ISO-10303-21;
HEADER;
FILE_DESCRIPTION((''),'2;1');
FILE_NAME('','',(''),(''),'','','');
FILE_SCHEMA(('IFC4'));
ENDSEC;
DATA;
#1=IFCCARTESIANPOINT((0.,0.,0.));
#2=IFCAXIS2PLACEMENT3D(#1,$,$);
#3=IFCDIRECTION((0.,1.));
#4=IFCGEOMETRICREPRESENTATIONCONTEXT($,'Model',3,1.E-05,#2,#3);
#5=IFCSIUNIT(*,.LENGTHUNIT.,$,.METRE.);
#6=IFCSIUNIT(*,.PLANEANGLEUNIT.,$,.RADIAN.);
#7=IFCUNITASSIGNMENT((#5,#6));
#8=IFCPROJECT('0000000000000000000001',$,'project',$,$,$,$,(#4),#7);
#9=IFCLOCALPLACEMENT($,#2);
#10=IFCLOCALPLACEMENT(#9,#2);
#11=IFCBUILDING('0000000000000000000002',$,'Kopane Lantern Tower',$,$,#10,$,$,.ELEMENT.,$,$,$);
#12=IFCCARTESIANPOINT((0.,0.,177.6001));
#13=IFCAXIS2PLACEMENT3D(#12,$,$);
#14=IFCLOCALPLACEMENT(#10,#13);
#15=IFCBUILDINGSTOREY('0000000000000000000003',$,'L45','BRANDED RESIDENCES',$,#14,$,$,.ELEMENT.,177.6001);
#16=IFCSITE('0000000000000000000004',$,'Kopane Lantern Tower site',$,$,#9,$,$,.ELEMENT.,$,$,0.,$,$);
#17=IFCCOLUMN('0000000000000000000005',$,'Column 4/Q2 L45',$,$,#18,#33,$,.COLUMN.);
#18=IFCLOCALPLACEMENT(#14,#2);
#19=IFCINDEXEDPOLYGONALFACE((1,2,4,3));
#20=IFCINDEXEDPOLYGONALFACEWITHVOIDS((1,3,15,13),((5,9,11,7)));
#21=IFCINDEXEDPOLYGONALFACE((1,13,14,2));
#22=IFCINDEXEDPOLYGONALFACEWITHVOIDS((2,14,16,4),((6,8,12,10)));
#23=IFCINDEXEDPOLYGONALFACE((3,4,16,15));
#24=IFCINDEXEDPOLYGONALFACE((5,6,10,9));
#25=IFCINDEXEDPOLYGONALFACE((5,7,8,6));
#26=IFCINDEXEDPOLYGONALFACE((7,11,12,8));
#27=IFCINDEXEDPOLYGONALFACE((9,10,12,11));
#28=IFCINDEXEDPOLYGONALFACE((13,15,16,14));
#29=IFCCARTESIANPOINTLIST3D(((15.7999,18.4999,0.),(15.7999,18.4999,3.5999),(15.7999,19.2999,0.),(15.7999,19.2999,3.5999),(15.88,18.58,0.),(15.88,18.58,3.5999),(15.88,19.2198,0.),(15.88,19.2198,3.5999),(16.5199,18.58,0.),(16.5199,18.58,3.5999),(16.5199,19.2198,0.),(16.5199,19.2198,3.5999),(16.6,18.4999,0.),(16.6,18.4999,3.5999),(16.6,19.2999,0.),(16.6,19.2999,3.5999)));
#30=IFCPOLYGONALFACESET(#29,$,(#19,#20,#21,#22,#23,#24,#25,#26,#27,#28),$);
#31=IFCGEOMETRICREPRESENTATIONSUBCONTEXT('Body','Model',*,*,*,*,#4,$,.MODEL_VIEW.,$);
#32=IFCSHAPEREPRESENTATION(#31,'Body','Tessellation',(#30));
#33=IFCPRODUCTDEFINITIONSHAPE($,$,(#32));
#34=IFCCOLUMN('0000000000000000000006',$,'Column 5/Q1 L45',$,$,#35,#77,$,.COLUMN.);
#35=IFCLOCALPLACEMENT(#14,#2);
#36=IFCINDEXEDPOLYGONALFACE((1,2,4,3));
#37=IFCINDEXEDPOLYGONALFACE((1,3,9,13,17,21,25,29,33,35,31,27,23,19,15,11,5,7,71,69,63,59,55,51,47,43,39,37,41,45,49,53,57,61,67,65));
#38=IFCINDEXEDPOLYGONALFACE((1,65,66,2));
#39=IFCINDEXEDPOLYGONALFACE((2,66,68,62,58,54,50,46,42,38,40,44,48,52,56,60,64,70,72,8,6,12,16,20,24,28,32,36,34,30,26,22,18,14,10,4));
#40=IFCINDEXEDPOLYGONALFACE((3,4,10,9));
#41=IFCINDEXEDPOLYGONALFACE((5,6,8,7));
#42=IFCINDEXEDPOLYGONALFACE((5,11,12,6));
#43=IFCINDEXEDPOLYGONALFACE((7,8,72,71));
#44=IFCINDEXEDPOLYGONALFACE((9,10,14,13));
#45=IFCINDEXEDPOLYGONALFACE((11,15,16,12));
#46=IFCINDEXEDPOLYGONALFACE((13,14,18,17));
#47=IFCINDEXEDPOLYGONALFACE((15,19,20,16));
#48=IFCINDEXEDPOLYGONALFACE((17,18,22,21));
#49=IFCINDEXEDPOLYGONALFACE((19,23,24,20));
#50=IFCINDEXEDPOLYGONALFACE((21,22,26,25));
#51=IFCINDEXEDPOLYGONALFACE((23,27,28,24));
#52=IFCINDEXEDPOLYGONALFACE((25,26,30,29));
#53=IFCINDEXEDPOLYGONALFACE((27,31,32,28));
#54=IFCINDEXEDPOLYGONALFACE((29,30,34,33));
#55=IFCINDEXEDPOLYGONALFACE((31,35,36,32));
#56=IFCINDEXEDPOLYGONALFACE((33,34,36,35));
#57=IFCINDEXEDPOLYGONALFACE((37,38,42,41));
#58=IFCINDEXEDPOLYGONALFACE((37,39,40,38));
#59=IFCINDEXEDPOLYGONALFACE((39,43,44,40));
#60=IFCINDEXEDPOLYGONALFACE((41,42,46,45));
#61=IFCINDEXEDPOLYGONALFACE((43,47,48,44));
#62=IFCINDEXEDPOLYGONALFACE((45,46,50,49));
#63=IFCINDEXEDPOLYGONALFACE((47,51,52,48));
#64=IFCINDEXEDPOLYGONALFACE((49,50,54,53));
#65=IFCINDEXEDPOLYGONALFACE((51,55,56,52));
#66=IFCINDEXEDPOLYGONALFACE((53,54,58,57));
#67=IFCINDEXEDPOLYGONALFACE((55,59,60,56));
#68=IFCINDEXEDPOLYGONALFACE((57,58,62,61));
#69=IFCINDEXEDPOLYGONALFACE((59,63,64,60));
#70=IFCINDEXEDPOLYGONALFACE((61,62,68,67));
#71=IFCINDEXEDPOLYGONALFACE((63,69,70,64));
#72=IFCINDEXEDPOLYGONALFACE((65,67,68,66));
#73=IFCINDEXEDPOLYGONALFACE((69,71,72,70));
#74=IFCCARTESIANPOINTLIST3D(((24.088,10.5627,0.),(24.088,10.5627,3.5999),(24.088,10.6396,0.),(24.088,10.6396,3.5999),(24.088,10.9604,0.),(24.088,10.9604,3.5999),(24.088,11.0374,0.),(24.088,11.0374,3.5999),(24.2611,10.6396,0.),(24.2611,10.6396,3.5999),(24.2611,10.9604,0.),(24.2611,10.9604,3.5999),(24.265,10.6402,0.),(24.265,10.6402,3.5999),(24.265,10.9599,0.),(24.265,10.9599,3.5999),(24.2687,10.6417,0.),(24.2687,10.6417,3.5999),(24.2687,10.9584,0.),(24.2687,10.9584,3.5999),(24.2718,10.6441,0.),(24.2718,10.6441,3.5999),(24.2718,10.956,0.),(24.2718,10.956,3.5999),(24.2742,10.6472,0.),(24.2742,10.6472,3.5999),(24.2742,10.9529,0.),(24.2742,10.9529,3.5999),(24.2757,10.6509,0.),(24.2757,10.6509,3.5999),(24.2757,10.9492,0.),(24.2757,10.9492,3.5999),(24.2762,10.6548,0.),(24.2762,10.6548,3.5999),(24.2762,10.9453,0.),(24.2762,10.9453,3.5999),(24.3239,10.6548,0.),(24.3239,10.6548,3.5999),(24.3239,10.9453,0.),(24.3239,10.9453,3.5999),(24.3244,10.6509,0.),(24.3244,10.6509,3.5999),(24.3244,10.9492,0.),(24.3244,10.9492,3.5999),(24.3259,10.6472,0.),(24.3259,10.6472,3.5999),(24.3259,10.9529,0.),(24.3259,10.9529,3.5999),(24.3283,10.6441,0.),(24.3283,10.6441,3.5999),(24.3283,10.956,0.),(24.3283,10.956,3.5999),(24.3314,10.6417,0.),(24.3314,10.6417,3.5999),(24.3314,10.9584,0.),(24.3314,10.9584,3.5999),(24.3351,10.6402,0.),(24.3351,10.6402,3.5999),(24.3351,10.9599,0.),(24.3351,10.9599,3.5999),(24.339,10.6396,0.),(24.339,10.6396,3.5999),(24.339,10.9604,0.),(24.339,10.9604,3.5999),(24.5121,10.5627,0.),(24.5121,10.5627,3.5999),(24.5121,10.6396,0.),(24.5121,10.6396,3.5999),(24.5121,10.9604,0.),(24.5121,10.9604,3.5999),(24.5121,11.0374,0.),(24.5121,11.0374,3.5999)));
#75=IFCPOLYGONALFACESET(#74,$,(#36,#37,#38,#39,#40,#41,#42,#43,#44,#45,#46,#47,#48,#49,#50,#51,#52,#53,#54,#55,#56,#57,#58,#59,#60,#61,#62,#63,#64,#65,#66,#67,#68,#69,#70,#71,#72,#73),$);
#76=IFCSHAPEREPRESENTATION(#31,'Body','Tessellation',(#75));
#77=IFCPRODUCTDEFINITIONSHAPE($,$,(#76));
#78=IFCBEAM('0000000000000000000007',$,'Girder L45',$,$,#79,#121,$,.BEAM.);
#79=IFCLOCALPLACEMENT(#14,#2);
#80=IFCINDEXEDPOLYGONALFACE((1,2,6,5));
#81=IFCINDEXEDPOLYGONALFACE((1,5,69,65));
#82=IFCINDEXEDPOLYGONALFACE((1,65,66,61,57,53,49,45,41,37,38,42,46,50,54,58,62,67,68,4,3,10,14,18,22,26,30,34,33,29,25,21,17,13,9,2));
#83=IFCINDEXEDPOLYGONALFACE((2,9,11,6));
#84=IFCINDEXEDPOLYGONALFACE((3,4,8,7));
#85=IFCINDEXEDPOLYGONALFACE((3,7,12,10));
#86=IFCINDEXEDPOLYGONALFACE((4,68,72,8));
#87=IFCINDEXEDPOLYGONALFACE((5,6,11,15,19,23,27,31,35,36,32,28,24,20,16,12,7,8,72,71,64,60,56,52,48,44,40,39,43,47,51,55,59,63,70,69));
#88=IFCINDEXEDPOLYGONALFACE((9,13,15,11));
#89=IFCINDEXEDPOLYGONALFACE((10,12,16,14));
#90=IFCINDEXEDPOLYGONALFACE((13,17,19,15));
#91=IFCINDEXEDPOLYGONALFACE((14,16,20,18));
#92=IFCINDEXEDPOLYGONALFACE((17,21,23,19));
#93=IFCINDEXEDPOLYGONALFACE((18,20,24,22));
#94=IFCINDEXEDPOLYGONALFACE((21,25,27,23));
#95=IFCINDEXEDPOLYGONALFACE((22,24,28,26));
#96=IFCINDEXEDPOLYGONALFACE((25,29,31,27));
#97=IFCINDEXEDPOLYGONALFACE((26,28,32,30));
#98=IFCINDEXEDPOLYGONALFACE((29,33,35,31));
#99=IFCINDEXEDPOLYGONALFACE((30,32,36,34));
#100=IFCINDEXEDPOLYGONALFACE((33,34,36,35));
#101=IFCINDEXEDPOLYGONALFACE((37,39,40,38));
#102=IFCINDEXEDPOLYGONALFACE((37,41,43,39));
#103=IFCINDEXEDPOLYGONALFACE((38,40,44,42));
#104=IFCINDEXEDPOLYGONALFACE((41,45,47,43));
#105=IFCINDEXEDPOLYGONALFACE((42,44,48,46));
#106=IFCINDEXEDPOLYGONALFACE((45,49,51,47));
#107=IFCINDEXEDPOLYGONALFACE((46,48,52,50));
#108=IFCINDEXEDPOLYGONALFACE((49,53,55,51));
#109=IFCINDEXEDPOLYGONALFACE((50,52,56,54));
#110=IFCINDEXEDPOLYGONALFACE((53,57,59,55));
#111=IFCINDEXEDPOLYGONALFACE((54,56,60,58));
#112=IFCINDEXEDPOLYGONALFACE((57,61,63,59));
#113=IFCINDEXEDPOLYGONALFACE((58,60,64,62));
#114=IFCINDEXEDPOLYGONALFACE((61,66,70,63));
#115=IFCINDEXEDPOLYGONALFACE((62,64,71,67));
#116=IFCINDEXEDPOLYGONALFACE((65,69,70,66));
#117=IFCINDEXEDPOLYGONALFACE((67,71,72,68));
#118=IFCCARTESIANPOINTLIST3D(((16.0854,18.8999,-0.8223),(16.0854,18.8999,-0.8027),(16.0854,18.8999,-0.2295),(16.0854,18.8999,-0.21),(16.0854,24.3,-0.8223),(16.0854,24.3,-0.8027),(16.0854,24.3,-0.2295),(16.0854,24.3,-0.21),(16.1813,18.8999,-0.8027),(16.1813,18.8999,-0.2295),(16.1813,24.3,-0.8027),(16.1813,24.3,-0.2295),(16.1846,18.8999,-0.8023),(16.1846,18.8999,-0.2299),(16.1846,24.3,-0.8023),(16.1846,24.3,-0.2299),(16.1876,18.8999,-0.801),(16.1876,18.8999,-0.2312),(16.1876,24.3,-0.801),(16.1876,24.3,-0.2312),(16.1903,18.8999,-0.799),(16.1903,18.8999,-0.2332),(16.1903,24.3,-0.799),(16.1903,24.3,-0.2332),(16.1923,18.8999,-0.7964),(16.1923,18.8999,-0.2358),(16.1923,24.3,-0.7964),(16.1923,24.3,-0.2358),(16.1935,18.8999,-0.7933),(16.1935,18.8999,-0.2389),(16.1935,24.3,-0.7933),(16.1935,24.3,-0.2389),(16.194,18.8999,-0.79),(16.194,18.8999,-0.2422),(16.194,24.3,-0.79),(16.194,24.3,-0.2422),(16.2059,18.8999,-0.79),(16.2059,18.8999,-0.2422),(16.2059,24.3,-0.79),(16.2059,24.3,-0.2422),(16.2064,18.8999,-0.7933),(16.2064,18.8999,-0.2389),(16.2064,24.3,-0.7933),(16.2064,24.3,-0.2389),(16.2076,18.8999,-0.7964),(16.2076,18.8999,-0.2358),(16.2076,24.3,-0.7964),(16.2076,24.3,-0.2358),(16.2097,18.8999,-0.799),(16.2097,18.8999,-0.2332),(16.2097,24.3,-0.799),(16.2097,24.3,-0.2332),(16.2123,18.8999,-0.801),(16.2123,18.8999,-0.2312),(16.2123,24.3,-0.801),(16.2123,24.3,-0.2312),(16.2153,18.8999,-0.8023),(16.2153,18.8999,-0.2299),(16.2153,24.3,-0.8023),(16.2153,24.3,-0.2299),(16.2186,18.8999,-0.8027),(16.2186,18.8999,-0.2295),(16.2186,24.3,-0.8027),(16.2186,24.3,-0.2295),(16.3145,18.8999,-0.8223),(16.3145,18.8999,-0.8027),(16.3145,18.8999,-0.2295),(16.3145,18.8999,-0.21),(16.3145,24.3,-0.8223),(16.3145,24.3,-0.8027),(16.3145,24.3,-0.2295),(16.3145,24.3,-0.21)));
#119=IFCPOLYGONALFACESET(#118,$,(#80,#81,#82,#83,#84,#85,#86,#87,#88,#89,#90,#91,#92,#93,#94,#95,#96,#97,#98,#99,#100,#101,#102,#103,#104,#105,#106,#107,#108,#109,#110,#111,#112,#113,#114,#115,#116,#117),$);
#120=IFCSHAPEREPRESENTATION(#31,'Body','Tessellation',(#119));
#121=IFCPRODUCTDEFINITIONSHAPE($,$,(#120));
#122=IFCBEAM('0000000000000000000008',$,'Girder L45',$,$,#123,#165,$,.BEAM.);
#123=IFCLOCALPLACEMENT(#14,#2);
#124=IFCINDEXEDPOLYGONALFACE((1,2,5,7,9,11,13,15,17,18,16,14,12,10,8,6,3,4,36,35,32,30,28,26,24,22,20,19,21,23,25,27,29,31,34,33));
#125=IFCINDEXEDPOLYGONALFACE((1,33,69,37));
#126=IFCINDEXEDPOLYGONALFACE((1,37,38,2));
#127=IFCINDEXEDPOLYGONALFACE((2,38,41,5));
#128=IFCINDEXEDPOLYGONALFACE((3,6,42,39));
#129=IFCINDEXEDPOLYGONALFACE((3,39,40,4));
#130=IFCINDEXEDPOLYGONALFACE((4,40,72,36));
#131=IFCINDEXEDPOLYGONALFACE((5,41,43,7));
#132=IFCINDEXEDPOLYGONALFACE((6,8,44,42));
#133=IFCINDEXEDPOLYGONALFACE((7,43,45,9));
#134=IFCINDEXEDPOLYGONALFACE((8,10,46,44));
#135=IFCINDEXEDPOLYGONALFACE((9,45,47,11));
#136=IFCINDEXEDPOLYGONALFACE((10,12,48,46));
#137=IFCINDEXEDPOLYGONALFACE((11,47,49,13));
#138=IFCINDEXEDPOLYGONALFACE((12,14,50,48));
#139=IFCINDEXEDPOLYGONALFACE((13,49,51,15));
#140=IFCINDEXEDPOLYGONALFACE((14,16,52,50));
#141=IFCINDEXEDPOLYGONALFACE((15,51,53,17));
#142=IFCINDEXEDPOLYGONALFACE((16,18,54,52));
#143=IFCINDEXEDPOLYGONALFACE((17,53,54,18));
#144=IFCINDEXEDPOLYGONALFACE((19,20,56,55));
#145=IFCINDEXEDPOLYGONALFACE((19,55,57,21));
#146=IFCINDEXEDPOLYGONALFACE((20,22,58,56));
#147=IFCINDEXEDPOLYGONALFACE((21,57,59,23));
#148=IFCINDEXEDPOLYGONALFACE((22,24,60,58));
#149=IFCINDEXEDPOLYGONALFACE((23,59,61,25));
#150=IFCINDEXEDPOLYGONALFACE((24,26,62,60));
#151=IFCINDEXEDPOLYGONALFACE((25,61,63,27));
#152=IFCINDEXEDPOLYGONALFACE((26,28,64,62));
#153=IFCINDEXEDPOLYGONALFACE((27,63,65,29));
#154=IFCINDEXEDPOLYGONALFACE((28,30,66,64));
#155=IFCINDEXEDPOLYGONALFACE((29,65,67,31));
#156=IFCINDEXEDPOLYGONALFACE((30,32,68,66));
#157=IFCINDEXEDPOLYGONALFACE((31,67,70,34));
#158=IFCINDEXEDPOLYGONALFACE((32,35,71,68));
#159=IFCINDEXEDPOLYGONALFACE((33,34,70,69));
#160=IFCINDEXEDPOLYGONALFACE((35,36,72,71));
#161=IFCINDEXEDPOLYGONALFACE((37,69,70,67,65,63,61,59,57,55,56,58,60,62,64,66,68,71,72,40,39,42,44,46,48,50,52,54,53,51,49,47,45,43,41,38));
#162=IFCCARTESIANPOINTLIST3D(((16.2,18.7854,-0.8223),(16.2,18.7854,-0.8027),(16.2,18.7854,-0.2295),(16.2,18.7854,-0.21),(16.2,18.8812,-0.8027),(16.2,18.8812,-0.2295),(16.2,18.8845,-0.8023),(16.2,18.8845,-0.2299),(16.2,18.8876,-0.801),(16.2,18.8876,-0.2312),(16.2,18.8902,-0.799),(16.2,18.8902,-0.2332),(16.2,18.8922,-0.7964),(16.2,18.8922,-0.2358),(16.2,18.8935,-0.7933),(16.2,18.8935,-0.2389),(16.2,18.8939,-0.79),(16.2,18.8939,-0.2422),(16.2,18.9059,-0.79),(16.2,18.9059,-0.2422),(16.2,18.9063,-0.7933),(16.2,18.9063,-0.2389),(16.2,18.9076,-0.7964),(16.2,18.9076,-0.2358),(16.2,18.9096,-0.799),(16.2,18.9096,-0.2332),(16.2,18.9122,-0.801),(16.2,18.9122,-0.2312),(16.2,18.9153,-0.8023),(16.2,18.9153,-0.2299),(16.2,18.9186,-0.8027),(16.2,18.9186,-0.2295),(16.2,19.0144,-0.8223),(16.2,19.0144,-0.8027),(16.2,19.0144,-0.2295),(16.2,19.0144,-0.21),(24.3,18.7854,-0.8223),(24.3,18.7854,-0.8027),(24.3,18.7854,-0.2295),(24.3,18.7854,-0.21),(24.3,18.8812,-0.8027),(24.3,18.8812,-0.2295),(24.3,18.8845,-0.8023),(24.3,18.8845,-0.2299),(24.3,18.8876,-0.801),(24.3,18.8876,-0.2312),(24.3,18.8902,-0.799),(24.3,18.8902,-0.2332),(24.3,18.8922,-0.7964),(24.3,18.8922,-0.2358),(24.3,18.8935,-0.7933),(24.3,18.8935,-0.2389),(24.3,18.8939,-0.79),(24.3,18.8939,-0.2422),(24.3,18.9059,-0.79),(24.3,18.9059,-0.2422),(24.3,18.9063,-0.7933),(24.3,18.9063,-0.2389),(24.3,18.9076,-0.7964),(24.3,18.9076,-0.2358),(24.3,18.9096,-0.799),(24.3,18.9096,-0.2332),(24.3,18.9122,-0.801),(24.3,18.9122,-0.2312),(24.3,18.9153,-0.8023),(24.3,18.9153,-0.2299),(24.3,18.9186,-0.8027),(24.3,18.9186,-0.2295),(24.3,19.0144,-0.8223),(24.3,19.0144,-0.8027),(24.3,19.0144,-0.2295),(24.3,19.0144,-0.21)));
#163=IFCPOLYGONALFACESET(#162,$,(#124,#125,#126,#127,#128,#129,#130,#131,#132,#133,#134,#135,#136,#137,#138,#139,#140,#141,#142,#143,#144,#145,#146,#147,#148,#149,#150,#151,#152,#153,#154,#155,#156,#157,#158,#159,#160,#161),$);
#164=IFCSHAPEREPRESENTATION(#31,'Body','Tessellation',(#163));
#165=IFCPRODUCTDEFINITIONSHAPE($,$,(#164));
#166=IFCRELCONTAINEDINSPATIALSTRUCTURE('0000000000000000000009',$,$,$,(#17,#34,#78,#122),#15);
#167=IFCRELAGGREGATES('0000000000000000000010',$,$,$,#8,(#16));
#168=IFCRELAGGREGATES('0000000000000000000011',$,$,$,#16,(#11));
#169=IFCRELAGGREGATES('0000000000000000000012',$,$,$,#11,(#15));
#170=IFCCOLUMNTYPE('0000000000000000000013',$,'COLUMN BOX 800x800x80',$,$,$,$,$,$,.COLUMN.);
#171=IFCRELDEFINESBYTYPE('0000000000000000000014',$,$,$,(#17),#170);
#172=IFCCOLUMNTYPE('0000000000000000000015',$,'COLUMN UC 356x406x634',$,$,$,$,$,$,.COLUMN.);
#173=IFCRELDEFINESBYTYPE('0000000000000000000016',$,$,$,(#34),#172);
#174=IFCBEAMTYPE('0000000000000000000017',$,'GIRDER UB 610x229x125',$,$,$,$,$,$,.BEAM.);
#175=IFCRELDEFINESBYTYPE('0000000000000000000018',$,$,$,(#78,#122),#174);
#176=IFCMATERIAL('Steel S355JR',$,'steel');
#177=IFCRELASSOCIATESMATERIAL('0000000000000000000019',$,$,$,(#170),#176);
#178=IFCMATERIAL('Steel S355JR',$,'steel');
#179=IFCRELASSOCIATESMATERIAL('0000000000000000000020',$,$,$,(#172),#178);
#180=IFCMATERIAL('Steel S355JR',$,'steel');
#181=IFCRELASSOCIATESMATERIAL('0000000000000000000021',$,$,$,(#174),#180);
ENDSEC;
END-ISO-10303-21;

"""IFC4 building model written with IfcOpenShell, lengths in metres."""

from ifc_helpers import new_model, si_unit, direction, frame, origin, origin_2d, place, context, subcontext, project, spatial, hollow_rectangle, i_section, extrude, material, material_profile, profile_set, type_object, element, save


model = new_model("IFC4")

# Units and contexts
model_context = context("Model", 3, precision=1e-05, world=origin(), true_north=direction((0.0, 1.0)))
body_context = subcontext(model_context, "Body", "Model", "MODEL_VIEW")
ifc_project = project(units=[si_unit("LENGTHUNIT", "METRE"), si_unit("PLANEANGLEUNIT", "RADIAN")], contexts=[model_context])

# Site, building, storey
site_placement = place(None, origin())
site = spatial("IfcSite", under=ifc_project, at=site_placement, Name="Kopane Lantern Tower site", CompositionType="ELEMENT", RefElevation=0.0)
building_placement = place(site_placement, origin())
building = spatial("IfcBuilding", under=site, at=building_placement, Name="Kopane Lantern Tower", CompositionType="ELEMENT")
storey_placement = place(building_placement, frame((0.0, 0.0, 177.6001)))
storey = spatial("IfcBuildingStorey", under=building, at=storey_placement, Name="L45", Description="BRANDED RESIDENCES", CompositionType="ELEMENT", Elevation=177.6001)

# Columns
ifc_material_1 = material(Name="Steel S355JR", Category="steel")
ifc_material_profile_1 = material_profile(ifc_material_1, hollow_rectangle(XDim=0.8, YDim=0.8, WallThickness=0.0801, at=origin_2d()), Name="BOX 800x800x80")
ifc_profile_set_1 = profile_set([ifc_material_profile_1], Name="Steel S355JR")
column_type_1 = type_object("IfcColumnType", Name="COLUMN BOX 800x800x80", PredefinedType="COLUMN", material=ifc_profile_set_1)
column_1_placement = place(storey_placement, frame((16.2, 18.8999, 0.0), z_axis=(0.0, 0.0, 1.0), x_axis=(1.0, 0.0, 0.0)))
element("IfcColumn", 1, at=column_1_placement, inside=storey, type_object=column_type_1, Name="Column 4/Q2 L45", PredefinedType="COLUMN", context=body_context, shape_type="SweptSolid", body=[
    extrude(hollow_rectangle(XDim=0.8, YDim=0.8, WallThickness=0.0801, at=origin_2d()), origin(), (0.0, 0.0, 1.0), 3.5999),
])
ifc_material_2 = material(Name="Steel S355JR", Category="steel")
ifc_material_profile_2 = material_profile(ifc_material_2, i_section(OverallWidth=0.4241, OverallDepth=0.4746, WebThickness=0.0476, FlangeThickness=0.0769, FilletRadius=0.0151, at=origin_2d()), Name="UC 356x406x634")
ifc_profile_set_2 = profile_set([ifc_material_profile_2], Name="Steel S355JR")
column_type_2 = type_object("IfcColumnType", Name="COLUMN UC 356x406x634", PredefinedType="COLUMN", material=ifc_profile_set_2)
column_2_placement = place(storey_placement, frame((24.3, 10.8, 0.0), z_axis=(0.0, 0.0, 1.0), x_axis=(1.0, 0.0, 0.0)))
element("IfcColumn", 2, at=column_2_placement, inside=storey, type_object=column_type_2, Name="Column 5/Q1 L45", PredefinedType="COLUMN", context=body_context, shape_type="SweptSolid", body=[
    extrude(i_section(OverallWidth=0.4241, OverallDepth=0.4746, WebThickness=0.0476, FlangeThickness=0.0769, FilletRadius=0.0151, at=origin_2d()), origin(), (0.0, 0.0, 1.0), 3.5999),
])

# Beams
ifc_material_3 = material(Name="Steel S355JR", Category="steel")
ifc_material_profile_3 = material_profile(ifc_material_3, i_section(OverallWidth=0.229, OverallDepth=0.6123, WebThickness=0.012, FlangeThickness=0.0195, FilletRadius=0.0127, at=origin_2d()), Name="UB 610x229x125")
ifc_profile_set_3 = profile_set([ifc_material_profile_3], Name="Steel S355JR")
beam_type = type_object("IfcBeamType", Name="GIRDER UB 610x229x125", PredefinedType="BEAM", material=ifc_profile_set_3)
beam_1_placement = place(storey_placement, frame((16.2, 18.8999, -0.5161), z_axis=(0.0, 1.0, 0.0), x_axis=(-1.0, 0.0, 0.0)))
element("IfcBeam", 3, at=beam_1_placement, inside=storey, type_object=beam_type, Name="Girder L45", PredefinedType="BEAM", context=body_context, shape_type="SweptSolid", body=[
    extrude(i_section(OverallWidth=0.229, OverallDepth=0.6123, WebThickness=0.012, FlangeThickness=0.0195, FilletRadius=0.0127, at=origin_2d()), origin(), (0.0, 0.0, 1.0), 5.4001),
])
beam_2_placement = place(storey_placement, frame((16.2, 18.8999, -0.5161), z_axis=(1.0, 0.0, 0.0), x_axis=(0.0, 1.0, 0.0)))
element("IfcBeam", 4, at=beam_2_placement, inside=storey, type_object=beam_type, Name="Girder L45", PredefinedType="BEAM", context=body_context, shape_type="SweptSolid", body=[
    extrude(i_section(OverallWidth=0.229, OverallDepth=0.6123, WebThickness=0.012, FlangeThickness=0.0195, FilletRadius=0.0127, at=origin_2d()), origin(), (0.0, 0.0, 1.0), 8.1001),
])

save(model, "model.ifc")
